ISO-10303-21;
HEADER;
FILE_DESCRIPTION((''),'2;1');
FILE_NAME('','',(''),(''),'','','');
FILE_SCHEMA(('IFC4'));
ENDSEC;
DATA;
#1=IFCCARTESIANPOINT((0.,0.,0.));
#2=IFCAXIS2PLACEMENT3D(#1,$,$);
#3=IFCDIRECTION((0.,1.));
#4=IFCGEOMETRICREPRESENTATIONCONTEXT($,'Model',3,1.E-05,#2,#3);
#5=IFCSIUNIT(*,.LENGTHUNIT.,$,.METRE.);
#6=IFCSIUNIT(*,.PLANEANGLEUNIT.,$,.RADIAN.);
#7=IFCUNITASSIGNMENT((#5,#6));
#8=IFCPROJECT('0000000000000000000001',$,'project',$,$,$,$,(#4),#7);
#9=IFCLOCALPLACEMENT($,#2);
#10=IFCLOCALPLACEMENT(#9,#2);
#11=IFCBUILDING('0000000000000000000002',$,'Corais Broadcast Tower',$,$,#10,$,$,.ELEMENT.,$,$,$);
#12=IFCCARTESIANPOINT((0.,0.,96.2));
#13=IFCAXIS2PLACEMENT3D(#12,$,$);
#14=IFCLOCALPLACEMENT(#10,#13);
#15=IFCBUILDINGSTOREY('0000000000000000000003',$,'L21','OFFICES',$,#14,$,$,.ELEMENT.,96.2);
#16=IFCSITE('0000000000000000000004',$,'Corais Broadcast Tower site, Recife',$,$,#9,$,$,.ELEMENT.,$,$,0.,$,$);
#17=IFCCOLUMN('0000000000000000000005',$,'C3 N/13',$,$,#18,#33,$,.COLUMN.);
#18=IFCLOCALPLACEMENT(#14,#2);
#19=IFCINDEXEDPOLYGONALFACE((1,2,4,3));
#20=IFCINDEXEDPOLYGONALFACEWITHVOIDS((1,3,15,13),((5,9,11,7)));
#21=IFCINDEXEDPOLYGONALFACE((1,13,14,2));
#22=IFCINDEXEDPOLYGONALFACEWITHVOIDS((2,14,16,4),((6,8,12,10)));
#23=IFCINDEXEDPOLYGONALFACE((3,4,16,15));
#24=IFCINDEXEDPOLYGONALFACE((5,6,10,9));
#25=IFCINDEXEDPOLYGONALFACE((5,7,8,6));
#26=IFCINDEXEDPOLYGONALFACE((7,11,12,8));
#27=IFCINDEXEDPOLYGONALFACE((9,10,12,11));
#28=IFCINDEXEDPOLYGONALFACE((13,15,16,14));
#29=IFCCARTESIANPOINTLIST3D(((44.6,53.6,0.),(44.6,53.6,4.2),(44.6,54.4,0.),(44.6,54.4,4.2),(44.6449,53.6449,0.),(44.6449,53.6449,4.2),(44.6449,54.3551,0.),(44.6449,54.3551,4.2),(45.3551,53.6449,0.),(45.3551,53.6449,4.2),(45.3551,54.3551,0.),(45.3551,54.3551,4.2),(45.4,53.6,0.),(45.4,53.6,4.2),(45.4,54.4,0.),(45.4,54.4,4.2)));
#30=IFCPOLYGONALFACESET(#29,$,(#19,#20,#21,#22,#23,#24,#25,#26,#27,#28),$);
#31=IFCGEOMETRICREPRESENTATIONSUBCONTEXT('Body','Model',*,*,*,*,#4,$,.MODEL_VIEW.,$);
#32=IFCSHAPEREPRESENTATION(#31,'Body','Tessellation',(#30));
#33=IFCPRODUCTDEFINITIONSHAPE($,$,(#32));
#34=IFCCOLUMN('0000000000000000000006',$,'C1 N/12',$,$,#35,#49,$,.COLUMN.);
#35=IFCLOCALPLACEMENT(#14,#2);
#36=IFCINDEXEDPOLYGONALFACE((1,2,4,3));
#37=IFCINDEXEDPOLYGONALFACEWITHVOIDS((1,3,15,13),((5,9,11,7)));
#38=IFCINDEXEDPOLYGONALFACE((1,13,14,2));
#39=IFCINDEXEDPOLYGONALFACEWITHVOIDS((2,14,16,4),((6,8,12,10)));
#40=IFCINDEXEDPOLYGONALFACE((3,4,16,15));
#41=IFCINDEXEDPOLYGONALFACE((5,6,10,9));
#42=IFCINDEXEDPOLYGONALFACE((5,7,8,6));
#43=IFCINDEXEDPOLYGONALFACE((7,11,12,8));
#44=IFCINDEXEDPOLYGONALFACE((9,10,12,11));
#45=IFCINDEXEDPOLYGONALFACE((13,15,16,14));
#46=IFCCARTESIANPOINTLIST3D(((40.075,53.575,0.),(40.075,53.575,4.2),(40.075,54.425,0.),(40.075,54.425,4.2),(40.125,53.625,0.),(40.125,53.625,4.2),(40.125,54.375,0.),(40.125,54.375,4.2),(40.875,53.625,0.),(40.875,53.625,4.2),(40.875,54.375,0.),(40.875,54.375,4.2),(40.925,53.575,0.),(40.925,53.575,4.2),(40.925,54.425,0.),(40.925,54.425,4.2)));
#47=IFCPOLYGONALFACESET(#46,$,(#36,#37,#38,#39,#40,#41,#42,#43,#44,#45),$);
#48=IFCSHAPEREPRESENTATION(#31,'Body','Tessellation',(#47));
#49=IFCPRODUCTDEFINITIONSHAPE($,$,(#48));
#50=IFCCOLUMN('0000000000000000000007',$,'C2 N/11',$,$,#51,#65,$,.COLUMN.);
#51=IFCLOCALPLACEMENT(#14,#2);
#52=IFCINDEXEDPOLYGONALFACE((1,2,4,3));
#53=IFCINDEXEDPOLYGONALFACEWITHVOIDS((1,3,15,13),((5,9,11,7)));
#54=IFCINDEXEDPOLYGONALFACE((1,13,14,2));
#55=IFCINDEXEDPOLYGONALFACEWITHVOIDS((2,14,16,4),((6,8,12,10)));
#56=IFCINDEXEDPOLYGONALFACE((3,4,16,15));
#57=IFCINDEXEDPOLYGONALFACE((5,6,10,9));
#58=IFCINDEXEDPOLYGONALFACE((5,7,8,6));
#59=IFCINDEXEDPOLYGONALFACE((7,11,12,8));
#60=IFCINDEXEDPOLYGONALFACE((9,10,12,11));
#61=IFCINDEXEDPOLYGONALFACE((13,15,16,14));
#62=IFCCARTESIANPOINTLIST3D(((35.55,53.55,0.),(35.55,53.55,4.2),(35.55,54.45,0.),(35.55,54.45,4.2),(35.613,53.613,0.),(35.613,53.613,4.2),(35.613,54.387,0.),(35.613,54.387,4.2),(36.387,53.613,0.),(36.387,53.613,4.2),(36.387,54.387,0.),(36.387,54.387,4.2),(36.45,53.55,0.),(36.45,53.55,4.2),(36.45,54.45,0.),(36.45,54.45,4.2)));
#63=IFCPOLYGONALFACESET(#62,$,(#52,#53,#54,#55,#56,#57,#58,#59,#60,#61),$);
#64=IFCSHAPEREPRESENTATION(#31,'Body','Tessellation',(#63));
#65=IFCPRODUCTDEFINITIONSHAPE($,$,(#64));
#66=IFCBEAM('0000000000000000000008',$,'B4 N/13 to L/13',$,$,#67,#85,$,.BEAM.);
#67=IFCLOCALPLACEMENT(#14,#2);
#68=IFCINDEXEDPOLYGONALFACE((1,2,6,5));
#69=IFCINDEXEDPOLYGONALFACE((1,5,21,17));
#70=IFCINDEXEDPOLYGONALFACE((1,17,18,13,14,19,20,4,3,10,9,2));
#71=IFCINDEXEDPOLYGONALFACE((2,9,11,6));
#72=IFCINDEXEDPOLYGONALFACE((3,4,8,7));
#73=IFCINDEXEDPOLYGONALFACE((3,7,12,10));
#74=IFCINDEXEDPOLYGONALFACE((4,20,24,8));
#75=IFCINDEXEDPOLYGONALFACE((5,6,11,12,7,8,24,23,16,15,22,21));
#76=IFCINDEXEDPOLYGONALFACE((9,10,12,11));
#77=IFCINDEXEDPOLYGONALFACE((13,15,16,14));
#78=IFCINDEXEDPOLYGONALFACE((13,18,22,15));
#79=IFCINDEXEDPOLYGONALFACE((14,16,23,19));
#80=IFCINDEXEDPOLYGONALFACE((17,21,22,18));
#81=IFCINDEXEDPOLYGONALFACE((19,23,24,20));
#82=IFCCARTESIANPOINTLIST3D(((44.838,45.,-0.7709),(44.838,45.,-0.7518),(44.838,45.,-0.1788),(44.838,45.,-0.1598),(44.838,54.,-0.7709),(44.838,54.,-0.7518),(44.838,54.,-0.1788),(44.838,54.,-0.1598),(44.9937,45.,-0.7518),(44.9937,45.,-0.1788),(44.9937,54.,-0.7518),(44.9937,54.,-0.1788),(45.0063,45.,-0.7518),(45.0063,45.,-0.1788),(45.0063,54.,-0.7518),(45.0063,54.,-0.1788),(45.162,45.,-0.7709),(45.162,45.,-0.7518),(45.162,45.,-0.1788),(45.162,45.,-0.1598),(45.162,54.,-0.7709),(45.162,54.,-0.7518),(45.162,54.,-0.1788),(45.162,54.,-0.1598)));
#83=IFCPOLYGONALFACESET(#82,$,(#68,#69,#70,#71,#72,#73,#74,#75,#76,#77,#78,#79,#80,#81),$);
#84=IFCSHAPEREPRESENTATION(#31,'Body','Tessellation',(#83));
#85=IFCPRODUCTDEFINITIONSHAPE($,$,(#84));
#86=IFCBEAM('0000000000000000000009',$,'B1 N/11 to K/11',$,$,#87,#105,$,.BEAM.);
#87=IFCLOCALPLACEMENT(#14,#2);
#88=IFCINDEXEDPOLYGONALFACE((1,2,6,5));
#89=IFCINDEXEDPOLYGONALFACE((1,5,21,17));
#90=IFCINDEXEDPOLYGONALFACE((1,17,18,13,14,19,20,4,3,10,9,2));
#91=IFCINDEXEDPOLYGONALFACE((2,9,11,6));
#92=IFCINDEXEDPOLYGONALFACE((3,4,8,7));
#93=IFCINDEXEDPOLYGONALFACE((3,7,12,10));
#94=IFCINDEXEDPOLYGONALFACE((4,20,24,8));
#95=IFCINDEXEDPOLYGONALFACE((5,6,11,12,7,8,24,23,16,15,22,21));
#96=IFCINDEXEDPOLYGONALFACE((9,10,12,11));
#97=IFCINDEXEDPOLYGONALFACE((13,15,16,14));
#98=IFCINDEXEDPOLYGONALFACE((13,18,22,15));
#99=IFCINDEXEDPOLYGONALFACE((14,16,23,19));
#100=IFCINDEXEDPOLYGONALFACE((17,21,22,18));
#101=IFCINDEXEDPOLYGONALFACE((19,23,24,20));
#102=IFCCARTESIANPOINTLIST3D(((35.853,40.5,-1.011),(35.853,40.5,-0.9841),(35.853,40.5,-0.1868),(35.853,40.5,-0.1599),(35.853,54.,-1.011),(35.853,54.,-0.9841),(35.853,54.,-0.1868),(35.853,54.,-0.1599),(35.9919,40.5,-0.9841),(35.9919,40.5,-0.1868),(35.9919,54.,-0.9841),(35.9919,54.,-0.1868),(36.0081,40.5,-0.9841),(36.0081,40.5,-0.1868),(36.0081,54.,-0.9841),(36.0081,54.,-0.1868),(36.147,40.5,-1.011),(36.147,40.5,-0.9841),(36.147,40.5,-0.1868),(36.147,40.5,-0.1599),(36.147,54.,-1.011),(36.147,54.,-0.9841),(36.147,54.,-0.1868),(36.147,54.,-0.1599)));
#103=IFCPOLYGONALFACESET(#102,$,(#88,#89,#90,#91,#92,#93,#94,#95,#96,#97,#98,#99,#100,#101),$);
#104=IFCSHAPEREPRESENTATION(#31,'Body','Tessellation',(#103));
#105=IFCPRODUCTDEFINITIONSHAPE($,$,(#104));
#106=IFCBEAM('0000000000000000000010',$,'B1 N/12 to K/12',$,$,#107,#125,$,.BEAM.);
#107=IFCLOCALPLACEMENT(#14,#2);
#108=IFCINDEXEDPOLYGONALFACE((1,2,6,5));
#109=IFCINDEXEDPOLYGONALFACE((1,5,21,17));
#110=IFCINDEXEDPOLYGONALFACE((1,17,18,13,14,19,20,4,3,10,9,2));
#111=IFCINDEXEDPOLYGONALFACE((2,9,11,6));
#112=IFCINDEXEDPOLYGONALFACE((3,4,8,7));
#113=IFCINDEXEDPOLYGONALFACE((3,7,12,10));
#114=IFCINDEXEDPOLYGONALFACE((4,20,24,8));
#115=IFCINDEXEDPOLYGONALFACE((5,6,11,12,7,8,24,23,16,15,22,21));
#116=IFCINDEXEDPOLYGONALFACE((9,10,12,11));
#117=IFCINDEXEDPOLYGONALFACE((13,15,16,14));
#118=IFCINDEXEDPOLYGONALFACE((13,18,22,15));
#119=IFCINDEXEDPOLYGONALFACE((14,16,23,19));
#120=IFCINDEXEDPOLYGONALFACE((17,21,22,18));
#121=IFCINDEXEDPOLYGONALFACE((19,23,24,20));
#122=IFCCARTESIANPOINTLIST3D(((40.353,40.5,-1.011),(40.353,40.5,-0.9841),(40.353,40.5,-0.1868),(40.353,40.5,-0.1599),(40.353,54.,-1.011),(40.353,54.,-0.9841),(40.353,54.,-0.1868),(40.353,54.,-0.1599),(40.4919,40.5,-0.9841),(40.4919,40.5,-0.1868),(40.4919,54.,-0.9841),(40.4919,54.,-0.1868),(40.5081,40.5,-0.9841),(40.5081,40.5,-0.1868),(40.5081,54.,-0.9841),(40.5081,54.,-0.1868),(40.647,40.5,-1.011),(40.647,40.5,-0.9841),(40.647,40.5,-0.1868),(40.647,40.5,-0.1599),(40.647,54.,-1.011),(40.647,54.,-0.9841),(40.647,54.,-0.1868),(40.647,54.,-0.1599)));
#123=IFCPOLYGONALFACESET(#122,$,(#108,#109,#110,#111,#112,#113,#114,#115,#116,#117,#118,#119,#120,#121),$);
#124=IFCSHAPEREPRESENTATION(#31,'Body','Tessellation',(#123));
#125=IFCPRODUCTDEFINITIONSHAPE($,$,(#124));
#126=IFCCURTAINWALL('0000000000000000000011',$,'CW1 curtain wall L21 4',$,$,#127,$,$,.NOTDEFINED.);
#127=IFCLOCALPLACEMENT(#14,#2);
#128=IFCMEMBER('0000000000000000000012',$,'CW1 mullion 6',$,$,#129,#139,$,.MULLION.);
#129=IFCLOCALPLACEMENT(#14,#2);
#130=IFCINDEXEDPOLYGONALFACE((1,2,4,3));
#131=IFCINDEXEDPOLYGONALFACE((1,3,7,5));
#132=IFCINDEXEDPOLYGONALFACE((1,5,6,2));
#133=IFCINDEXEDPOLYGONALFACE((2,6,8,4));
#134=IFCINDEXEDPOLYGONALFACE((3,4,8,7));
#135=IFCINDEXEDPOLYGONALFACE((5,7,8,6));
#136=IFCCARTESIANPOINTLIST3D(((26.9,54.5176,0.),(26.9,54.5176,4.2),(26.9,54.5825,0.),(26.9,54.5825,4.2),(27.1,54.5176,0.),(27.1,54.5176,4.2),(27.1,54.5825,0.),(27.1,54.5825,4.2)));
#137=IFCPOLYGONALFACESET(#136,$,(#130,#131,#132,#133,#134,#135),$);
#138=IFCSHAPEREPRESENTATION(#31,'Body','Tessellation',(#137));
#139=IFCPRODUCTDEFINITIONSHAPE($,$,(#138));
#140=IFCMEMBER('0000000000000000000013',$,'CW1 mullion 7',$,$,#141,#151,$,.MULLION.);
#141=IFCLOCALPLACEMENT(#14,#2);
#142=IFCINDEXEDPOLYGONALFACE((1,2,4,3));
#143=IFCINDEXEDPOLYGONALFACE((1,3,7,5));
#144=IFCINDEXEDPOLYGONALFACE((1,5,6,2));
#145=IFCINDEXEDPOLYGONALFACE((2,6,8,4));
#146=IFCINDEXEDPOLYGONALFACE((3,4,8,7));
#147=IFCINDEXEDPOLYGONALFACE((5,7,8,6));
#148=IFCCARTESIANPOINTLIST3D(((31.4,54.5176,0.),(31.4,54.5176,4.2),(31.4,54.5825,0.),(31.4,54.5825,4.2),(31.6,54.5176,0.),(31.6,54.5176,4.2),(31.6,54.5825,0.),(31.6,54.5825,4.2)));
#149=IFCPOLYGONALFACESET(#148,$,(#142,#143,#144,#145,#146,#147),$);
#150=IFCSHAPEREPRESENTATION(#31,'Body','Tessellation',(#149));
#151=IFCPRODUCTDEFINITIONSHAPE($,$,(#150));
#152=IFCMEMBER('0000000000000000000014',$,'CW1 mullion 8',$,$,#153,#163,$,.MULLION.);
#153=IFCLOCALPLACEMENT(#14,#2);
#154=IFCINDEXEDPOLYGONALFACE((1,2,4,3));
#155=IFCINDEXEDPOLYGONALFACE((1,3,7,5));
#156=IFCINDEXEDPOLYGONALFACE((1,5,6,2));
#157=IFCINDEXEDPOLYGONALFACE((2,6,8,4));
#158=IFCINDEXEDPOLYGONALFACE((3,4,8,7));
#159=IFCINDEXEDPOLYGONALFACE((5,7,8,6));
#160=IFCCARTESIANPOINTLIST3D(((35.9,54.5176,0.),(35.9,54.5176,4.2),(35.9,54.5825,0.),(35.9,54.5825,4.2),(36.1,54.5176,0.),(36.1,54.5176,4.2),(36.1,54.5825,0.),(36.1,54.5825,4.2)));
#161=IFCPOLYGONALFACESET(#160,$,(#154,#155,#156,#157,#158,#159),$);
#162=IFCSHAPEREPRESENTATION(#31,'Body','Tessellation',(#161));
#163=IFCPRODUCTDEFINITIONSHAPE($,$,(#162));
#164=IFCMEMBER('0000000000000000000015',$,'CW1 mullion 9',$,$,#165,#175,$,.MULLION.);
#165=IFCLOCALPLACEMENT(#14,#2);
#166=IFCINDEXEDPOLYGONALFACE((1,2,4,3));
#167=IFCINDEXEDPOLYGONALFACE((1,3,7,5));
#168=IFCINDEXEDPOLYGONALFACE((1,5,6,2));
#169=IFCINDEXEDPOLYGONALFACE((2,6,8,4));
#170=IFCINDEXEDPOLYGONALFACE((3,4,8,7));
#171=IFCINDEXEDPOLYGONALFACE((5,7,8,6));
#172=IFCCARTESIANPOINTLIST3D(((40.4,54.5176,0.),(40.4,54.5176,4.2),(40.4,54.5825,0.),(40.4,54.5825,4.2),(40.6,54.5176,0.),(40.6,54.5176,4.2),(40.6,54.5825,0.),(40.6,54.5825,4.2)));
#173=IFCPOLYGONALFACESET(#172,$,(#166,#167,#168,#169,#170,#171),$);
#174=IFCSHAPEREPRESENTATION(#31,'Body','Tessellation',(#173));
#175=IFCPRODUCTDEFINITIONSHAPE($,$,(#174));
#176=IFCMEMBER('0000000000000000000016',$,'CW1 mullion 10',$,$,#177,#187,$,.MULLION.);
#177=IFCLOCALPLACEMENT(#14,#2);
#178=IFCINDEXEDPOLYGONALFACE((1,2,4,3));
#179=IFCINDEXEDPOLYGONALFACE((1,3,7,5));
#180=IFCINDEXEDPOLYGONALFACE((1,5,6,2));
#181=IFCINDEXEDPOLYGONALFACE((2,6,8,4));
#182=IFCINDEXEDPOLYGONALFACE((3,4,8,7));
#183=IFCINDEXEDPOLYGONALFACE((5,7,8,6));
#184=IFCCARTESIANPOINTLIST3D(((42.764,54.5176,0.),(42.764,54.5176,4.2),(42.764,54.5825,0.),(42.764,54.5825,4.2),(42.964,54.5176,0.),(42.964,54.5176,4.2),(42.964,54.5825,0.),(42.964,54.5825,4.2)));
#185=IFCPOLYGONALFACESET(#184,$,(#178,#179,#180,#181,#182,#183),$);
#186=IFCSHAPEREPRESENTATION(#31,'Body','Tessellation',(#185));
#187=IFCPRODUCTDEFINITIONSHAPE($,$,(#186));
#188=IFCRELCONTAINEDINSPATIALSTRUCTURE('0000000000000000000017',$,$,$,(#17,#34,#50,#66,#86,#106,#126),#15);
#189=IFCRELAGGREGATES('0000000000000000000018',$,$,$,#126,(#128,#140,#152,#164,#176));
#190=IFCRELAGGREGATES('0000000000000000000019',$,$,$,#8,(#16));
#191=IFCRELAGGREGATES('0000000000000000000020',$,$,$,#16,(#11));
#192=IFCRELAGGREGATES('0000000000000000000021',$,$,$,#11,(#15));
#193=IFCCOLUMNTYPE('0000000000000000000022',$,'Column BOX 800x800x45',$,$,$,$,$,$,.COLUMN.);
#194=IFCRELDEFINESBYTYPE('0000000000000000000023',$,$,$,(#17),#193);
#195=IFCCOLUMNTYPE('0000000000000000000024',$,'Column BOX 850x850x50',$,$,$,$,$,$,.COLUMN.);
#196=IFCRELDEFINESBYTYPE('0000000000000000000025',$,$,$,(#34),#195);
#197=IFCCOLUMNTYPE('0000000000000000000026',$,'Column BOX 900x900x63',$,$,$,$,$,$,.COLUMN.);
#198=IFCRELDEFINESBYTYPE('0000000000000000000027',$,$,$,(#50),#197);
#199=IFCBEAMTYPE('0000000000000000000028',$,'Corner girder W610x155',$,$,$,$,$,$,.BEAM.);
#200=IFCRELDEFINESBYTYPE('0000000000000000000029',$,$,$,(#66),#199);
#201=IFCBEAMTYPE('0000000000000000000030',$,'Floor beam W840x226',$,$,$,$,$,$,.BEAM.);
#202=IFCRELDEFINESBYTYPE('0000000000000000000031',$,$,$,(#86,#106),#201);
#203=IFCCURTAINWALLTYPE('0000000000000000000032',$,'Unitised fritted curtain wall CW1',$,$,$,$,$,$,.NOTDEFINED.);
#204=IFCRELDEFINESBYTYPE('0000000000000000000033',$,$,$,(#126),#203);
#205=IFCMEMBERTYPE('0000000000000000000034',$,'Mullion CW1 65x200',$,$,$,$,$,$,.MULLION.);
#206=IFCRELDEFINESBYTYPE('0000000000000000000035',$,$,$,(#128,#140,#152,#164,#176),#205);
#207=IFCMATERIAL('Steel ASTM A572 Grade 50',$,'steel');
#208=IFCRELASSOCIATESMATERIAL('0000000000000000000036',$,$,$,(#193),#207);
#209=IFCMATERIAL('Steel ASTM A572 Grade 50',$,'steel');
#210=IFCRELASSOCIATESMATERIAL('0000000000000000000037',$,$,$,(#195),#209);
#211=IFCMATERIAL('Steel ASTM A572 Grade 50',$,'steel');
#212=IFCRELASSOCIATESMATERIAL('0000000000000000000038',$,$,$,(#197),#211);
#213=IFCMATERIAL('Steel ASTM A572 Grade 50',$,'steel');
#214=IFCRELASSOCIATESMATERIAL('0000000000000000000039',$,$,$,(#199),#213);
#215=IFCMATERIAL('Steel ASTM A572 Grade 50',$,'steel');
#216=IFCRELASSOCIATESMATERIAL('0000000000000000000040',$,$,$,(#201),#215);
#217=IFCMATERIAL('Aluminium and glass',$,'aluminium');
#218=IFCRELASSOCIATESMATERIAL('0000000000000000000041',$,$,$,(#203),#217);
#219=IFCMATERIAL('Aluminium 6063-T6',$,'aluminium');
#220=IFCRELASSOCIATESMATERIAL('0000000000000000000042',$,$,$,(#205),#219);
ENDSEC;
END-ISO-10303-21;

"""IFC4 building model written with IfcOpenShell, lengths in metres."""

from ifc_helpers import new_model, si_unit, direction, frame, origin, origin_2d, place, context, subcontext, project, spatial, rectangle, hollow_rectangle, i_section, extrude, material, material_profile, profile_set, type_object, element, aggregate, save


model = new_model("IFC4")

# Units and contexts
model_context = context("Model", 3, precision=1e-05, world=origin(), true_north=direction((0.0, 1.0)))
body_context = subcontext(model_context, "Body", "Model", "MODEL_VIEW")
ifc_project = project(units=[si_unit("LENGTHUNIT", "METRE"), si_unit("PLANEANGLEUNIT", "RADIAN")], contexts=[model_context])

# Site, building, storey
site_placement = place(None, origin())
site = spatial("IfcSite", under=ifc_project, at=site_placement, Name="Corais Broadcast Tower site, Recife", CompositionType="ELEMENT", RefElevation=0.0)
building_placement = place(site_placement, origin())
building = spatial("IfcBuilding", under=site, at=building_placement, Name="Corais Broadcast Tower", CompositionType="ELEMENT")
storey_placement = place(building_placement, frame((0.0, 0.0, 96.2)))
storey = spatial("IfcBuildingStorey", under=building, at=storey_placement, Name="L21", Description="OFFICES", CompositionType="ELEMENT", Elevation=96.2)

# Columns
ifc_material_1 = material(Name="Steel ASTM A572 Grade 50", Category="steel")
ifc_material_profile_1 = material_profile(ifc_material_1, hollow_rectangle(XDim=0.8, YDim=0.8, WallThickness=0.0449, at=origin_2d()), Name="BOX 800x800x45")
ifc_profile_set_1 = profile_set([ifc_material_profile_1], Name="Steel ASTM A572 Grade 50")
column_type_1 = type_object("IfcColumnType", Name="Column BOX 800x800x45", PredefinedType="COLUMN", material=ifc_profile_set_1)
column_1_placement = place(storey_placement, frame((45.0, 54.0, 0.0), z_axis=(0.0, 0.0, 1.0), x_axis=(1.0, 0.0, 0.0)))
element("IfcColumn", 1, at=column_1_placement, inside=storey, type_object=column_type_1, Name="C3 N/13", PredefinedType="COLUMN", context=body_context, shape_type="SweptSolid", body=[
    extrude(hollow_rectangle(XDim=0.8, YDim=0.8, WallThickness=0.0449, at=origin_2d()), origin(), (0.0, 0.0, 1.0), 4.2),
])
ifc_material_2 = material(Name="Steel ASTM A572 Grade 50", Category="steel")
ifc_material_profile_2 = material_profile(ifc_material_2, hollow_rectangle(XDim=0.8501, YDim=0.8501, WallThickness=0.05, at=origin_2d()), Name="BOX 850x850x50")
ifc_profile_set_2 = profile_set([ifc_material_profile_2], Name="Steel ASTM A572 Grade 50")
column_type_2 = type_object("IfcColumnType", Name="Column BOX 850x850x50", PredefinedType="COLUMN", material=ifc_profile_set_2)
column_2_placement = place(storey_placement, frame((40.5, 54.0, 0.0), z_axis=(0.0, 0.0, 1.0), x_axis=(1.0, 0.0, 0.0)))
element("IfcColumn", 2, at=column_2_placement, inside=storey, type_object=column_type_2, Name="C1 N/12", PredefinedType="COLUMN", context=body_context, shape_type="SweptSolid", body=[
    extrude(hollow_rectangle(XDim=0.8501, YDim=0.8501, WallThickness=0.05, at=origin_2d()), origin(), (0.0, 0.0, 1.0), 4.2),
])
ifc_material_3 = material(Name="Steel ASTM A572 Grade 50", Category="steel")
ifc_material_profile_3 = material_profile(ifc_material_3, hollow_rectangle(XDim=0.8999, YDim=0.8999, WallThickness=0.063, at=origin_2d()), Name="BOX 900x900x63")
ifc_profile_set_3 = profile_set([ifc_material_profile_3], Name="Steel ASTM A572 Grade 50")
column_type_3 = type_object("IfcColumnType", Name="Column BOX 900x900x63", PredefinedType="COLUMN", material=ifc_profile_set_3)
column_3_placement = place(storey_placement, frame((36.0, 54.0, 0.0), z_axis=(0.0, 0.0, 1.0), x_axis=(1.0, 0.0, 0.0)))
element("IfcColumn", 3, at=column_3_placement, inside=storey, type_object=column_type_3, Name="C2 N/11", PredefinedType="COLUMN", context=body_context, shape_type="SweptSolid", body=[
    extrude(hollow_rectangle(XDim=0.8999, YDim=0.8999, WallThickness=0.063, at=origin_2d()), origin(), (0.0, 0.0, 1.0), 4.2),
])

# Beams
ifc_material_4 = material(Name="Steel ASTM A572 Grade 50", Category="steel")
ifc_material_profile_4 = material_profile(ifc_material_4, i_section(OverallWidth=0.324, OverallDepth=0.6111, WebThickness=0.0127, FlangeThickness=0.019, at=origin_2d()), Name="W610x155")
ifc_profile_set_4 = profile_set([ifc_material_profile_4], Name="Steel ASTM A572 Grade 50")
beam_type_1 = type_object("IfcBeamType", Name="Corner girder W610x155", PredefinedType="BEAM", material=ifc_profile_set_4)
beam_1_placement = place(storey_placement, frame((45.0, 54.0, -0.4653), z_axis=(0.0, -1.0, 0.0), x_axis=(1.0, 0.0, 0.0)))
element("IfcBeam", 4, at=beam_1_placement, inside=storey, type_object=beam_type_1, Name="B4 N/13 to L/13", PredefinedType="BEAM", context=body_context, shape_type="SweptSolid", body=[
    extrude(i_section(OverallWidth=0.324, OverallDepth=0.6111, WebThickness=0.0127, FlangeThickness=0.019, at=origin_2d()), origin(), (0.0, 0.0, 1.0), 9.0),
])
ifc_material_5 = material(Name="Steel ASTM A572 Grade 50", Category="steel")
ifc_material_profile_5 = material_profile(ifc_material_5, i_section(OverallWidth=0.2939, OverallDepth=0.8511, WebThickness=0.0161, FlangeThickness=0.0269, at=origin_2d()), Name="W840x226")
ifc_profile_set_5 = profile_set([ifc_material_profile_5], Name="Steel ASTM A572 Grade 50")
beam_type_2 = type_object("IfcBeamType", Name="Floor beam W840x226", PredefinedType="BEAM", material=ifc_profile_set_5)
for number, where, z_axis, x_axis, name in (
    (5, (36.0, 54.0, -0.5854), (0.0, -1.0, 0.0), (1.0, 0.0, 0.0), "B1 N/11 to K/11"),
    (6, (40.5, 54.0, -0.5854), (0.0, -1.0, 0.0), (1.0, 0.0, 0.0), "B1 N/12 to K/12"),
):
    element("IfcBeam", number, at=place(storey_placement, frame(where, z_axis=z_axis, x_axis=x_axis)), inside=storey, type_object=beam_type_2, Name=name, PredefinedType="BEAM", context=body_context, shape_type="SweptSolid", body=[
        extrude(i_section(OverallWidth=0.2939, OverallDepth=0.8511, WebThickness=0.0161, FlangeThickness=0.0269, at=origin_2d()), origin(), (0.0, 0.0, 1.0), 13.5),
    ])

# Curtain wall, members
ifc_material_6 = material(Name="Aluminium and glass", Category="aluminium")
curtain_wall_type = type_object("IfcCurtainWallType", Name="Unitised fritted curtain wall CW1", PredefinedType="NOTDEFINED", material=ifc_material_6)
curtain_wall_placement = place(storey_placement, origin())
curtain_wall = element("IfcCurtainWall", 7, at=curtain_wall_placement, inside=storey, type_object=curtain_wall_type, Name="CW1 curtain wall L21 4", PredefinedType="NOTDEFINED")
ifc_material_7 = material(Name="Aluminium 6063-T6", Category="aluminium")
ifc_material_profile_6 = material_profile(ifc_material_7, rectangle(XDim=0.0649, YDim=0.2, at=origin_2d()), Name="Mullion CW1 65x200")
ifc_profile_set_6 = profile_set([ifc_material_profile_6], Name="Aluminium 6063-T6")
member_type_1 = type_object("IfcMemberType", Name="Mullion CW1 65x200", PredefinedType="MULLION", material=ifc_profile_set_6)
member_1_placement = place(storey_placement, frame((27.0, 54.55, 0.0), z_axis=(0.0, 0.0, 1.0), x_axis=(0.0, 1.0, 0.0)))
member_1 = element("IfcMember", 8, at=member_1_placement, type_object=member_type_1, Name="CW1 mullion 6", PredefinedType="MULLION", context=body_context, shape_type="SweptSolid", body=[
    extrude(rectangle(XDim=0.0649, YDim=0.2, at=origin_2d()), origin(), (0.0, 0.0, 1.0), 4.2),
])
member_2_placement = place(storey_placement, frame((31.5, 54.55, 0.0), z_axis=(0.0, 0.0, 1.0), x_axis=(0.0, 1.0, 0.0)))
member_2 = element("IfcMember", 9, at=member_2_placement, type_object=member_type_1, Name="CW1 mullion 7", PredefinedType="MULLION", context=body_context, shape_type="SweptSolid", body=[
    extrude(rectangle(XDim=0.0649, YDim=0.2, at=origin_2d()), origin(), (0.0, 0.0, 1.0), 4.2),
])
member_3_placement = place(storey_placement, frame((36.0, 54.55, 0.0), z_axis=(0.0, 0.0, 1.0), x_axis=(0.0, 1.0, 0.0)))
member_3 = element("IfcMember", 10, at=member_3_placement, type_object=member_type_1, Name="CW1 mullion 8", PredefinedType="MULLION", context=body_context, shape_type="SweptSolid", body=[
    extrude(rectangle(XDim=0.0649, YDim=0.2, at=origin_2d()), origin(), (0.0, 0.0, 1.0), 4.2),
])
member_4_placement = place(storey_placement, frame((40.5, 54.55, 0.0), z_axis=(0.0, 0.0, 1.0), x_axis=(0.0, 1.0, 0.0)))
member_4 = element("IfcMember", 11, at=member_4_placement, type_object=member_type_1, Name="CW1 mullion 9", PredefinedType="MULLION", context=body_context, shape_type="SweptSolid", body=[
    extrude(rectangle(XDim=0.0649, YDim=0.2, at=origin_2d()), origin(), (0.0, 0.0, 1.0), 4.2),
])
member_5_placement = place(storey_placement, frame((42.864, 54.55, 0.0), z_axis=(0.0, 0.0, 1.0), x_axis=(0.0, 1.0, 0.0)))
member_5 = element("IfcMember", 12, at=member_5_placement, type_object=member_type_1, Name="CW1 mullion 10", PredefinedType="MULLION", context=body_context, shape_type="SweptSolid", body=[
    extrude(rectangle(XDim=0.0649, YDim=0.2, at=origin_2d()), origin(), (0.0, 0.0, 1.0), 4.2),
])

aggregate(curtain_wall, [member_1, member_2, member_3, member_4, member_5])

save(model, "model.ifc")
